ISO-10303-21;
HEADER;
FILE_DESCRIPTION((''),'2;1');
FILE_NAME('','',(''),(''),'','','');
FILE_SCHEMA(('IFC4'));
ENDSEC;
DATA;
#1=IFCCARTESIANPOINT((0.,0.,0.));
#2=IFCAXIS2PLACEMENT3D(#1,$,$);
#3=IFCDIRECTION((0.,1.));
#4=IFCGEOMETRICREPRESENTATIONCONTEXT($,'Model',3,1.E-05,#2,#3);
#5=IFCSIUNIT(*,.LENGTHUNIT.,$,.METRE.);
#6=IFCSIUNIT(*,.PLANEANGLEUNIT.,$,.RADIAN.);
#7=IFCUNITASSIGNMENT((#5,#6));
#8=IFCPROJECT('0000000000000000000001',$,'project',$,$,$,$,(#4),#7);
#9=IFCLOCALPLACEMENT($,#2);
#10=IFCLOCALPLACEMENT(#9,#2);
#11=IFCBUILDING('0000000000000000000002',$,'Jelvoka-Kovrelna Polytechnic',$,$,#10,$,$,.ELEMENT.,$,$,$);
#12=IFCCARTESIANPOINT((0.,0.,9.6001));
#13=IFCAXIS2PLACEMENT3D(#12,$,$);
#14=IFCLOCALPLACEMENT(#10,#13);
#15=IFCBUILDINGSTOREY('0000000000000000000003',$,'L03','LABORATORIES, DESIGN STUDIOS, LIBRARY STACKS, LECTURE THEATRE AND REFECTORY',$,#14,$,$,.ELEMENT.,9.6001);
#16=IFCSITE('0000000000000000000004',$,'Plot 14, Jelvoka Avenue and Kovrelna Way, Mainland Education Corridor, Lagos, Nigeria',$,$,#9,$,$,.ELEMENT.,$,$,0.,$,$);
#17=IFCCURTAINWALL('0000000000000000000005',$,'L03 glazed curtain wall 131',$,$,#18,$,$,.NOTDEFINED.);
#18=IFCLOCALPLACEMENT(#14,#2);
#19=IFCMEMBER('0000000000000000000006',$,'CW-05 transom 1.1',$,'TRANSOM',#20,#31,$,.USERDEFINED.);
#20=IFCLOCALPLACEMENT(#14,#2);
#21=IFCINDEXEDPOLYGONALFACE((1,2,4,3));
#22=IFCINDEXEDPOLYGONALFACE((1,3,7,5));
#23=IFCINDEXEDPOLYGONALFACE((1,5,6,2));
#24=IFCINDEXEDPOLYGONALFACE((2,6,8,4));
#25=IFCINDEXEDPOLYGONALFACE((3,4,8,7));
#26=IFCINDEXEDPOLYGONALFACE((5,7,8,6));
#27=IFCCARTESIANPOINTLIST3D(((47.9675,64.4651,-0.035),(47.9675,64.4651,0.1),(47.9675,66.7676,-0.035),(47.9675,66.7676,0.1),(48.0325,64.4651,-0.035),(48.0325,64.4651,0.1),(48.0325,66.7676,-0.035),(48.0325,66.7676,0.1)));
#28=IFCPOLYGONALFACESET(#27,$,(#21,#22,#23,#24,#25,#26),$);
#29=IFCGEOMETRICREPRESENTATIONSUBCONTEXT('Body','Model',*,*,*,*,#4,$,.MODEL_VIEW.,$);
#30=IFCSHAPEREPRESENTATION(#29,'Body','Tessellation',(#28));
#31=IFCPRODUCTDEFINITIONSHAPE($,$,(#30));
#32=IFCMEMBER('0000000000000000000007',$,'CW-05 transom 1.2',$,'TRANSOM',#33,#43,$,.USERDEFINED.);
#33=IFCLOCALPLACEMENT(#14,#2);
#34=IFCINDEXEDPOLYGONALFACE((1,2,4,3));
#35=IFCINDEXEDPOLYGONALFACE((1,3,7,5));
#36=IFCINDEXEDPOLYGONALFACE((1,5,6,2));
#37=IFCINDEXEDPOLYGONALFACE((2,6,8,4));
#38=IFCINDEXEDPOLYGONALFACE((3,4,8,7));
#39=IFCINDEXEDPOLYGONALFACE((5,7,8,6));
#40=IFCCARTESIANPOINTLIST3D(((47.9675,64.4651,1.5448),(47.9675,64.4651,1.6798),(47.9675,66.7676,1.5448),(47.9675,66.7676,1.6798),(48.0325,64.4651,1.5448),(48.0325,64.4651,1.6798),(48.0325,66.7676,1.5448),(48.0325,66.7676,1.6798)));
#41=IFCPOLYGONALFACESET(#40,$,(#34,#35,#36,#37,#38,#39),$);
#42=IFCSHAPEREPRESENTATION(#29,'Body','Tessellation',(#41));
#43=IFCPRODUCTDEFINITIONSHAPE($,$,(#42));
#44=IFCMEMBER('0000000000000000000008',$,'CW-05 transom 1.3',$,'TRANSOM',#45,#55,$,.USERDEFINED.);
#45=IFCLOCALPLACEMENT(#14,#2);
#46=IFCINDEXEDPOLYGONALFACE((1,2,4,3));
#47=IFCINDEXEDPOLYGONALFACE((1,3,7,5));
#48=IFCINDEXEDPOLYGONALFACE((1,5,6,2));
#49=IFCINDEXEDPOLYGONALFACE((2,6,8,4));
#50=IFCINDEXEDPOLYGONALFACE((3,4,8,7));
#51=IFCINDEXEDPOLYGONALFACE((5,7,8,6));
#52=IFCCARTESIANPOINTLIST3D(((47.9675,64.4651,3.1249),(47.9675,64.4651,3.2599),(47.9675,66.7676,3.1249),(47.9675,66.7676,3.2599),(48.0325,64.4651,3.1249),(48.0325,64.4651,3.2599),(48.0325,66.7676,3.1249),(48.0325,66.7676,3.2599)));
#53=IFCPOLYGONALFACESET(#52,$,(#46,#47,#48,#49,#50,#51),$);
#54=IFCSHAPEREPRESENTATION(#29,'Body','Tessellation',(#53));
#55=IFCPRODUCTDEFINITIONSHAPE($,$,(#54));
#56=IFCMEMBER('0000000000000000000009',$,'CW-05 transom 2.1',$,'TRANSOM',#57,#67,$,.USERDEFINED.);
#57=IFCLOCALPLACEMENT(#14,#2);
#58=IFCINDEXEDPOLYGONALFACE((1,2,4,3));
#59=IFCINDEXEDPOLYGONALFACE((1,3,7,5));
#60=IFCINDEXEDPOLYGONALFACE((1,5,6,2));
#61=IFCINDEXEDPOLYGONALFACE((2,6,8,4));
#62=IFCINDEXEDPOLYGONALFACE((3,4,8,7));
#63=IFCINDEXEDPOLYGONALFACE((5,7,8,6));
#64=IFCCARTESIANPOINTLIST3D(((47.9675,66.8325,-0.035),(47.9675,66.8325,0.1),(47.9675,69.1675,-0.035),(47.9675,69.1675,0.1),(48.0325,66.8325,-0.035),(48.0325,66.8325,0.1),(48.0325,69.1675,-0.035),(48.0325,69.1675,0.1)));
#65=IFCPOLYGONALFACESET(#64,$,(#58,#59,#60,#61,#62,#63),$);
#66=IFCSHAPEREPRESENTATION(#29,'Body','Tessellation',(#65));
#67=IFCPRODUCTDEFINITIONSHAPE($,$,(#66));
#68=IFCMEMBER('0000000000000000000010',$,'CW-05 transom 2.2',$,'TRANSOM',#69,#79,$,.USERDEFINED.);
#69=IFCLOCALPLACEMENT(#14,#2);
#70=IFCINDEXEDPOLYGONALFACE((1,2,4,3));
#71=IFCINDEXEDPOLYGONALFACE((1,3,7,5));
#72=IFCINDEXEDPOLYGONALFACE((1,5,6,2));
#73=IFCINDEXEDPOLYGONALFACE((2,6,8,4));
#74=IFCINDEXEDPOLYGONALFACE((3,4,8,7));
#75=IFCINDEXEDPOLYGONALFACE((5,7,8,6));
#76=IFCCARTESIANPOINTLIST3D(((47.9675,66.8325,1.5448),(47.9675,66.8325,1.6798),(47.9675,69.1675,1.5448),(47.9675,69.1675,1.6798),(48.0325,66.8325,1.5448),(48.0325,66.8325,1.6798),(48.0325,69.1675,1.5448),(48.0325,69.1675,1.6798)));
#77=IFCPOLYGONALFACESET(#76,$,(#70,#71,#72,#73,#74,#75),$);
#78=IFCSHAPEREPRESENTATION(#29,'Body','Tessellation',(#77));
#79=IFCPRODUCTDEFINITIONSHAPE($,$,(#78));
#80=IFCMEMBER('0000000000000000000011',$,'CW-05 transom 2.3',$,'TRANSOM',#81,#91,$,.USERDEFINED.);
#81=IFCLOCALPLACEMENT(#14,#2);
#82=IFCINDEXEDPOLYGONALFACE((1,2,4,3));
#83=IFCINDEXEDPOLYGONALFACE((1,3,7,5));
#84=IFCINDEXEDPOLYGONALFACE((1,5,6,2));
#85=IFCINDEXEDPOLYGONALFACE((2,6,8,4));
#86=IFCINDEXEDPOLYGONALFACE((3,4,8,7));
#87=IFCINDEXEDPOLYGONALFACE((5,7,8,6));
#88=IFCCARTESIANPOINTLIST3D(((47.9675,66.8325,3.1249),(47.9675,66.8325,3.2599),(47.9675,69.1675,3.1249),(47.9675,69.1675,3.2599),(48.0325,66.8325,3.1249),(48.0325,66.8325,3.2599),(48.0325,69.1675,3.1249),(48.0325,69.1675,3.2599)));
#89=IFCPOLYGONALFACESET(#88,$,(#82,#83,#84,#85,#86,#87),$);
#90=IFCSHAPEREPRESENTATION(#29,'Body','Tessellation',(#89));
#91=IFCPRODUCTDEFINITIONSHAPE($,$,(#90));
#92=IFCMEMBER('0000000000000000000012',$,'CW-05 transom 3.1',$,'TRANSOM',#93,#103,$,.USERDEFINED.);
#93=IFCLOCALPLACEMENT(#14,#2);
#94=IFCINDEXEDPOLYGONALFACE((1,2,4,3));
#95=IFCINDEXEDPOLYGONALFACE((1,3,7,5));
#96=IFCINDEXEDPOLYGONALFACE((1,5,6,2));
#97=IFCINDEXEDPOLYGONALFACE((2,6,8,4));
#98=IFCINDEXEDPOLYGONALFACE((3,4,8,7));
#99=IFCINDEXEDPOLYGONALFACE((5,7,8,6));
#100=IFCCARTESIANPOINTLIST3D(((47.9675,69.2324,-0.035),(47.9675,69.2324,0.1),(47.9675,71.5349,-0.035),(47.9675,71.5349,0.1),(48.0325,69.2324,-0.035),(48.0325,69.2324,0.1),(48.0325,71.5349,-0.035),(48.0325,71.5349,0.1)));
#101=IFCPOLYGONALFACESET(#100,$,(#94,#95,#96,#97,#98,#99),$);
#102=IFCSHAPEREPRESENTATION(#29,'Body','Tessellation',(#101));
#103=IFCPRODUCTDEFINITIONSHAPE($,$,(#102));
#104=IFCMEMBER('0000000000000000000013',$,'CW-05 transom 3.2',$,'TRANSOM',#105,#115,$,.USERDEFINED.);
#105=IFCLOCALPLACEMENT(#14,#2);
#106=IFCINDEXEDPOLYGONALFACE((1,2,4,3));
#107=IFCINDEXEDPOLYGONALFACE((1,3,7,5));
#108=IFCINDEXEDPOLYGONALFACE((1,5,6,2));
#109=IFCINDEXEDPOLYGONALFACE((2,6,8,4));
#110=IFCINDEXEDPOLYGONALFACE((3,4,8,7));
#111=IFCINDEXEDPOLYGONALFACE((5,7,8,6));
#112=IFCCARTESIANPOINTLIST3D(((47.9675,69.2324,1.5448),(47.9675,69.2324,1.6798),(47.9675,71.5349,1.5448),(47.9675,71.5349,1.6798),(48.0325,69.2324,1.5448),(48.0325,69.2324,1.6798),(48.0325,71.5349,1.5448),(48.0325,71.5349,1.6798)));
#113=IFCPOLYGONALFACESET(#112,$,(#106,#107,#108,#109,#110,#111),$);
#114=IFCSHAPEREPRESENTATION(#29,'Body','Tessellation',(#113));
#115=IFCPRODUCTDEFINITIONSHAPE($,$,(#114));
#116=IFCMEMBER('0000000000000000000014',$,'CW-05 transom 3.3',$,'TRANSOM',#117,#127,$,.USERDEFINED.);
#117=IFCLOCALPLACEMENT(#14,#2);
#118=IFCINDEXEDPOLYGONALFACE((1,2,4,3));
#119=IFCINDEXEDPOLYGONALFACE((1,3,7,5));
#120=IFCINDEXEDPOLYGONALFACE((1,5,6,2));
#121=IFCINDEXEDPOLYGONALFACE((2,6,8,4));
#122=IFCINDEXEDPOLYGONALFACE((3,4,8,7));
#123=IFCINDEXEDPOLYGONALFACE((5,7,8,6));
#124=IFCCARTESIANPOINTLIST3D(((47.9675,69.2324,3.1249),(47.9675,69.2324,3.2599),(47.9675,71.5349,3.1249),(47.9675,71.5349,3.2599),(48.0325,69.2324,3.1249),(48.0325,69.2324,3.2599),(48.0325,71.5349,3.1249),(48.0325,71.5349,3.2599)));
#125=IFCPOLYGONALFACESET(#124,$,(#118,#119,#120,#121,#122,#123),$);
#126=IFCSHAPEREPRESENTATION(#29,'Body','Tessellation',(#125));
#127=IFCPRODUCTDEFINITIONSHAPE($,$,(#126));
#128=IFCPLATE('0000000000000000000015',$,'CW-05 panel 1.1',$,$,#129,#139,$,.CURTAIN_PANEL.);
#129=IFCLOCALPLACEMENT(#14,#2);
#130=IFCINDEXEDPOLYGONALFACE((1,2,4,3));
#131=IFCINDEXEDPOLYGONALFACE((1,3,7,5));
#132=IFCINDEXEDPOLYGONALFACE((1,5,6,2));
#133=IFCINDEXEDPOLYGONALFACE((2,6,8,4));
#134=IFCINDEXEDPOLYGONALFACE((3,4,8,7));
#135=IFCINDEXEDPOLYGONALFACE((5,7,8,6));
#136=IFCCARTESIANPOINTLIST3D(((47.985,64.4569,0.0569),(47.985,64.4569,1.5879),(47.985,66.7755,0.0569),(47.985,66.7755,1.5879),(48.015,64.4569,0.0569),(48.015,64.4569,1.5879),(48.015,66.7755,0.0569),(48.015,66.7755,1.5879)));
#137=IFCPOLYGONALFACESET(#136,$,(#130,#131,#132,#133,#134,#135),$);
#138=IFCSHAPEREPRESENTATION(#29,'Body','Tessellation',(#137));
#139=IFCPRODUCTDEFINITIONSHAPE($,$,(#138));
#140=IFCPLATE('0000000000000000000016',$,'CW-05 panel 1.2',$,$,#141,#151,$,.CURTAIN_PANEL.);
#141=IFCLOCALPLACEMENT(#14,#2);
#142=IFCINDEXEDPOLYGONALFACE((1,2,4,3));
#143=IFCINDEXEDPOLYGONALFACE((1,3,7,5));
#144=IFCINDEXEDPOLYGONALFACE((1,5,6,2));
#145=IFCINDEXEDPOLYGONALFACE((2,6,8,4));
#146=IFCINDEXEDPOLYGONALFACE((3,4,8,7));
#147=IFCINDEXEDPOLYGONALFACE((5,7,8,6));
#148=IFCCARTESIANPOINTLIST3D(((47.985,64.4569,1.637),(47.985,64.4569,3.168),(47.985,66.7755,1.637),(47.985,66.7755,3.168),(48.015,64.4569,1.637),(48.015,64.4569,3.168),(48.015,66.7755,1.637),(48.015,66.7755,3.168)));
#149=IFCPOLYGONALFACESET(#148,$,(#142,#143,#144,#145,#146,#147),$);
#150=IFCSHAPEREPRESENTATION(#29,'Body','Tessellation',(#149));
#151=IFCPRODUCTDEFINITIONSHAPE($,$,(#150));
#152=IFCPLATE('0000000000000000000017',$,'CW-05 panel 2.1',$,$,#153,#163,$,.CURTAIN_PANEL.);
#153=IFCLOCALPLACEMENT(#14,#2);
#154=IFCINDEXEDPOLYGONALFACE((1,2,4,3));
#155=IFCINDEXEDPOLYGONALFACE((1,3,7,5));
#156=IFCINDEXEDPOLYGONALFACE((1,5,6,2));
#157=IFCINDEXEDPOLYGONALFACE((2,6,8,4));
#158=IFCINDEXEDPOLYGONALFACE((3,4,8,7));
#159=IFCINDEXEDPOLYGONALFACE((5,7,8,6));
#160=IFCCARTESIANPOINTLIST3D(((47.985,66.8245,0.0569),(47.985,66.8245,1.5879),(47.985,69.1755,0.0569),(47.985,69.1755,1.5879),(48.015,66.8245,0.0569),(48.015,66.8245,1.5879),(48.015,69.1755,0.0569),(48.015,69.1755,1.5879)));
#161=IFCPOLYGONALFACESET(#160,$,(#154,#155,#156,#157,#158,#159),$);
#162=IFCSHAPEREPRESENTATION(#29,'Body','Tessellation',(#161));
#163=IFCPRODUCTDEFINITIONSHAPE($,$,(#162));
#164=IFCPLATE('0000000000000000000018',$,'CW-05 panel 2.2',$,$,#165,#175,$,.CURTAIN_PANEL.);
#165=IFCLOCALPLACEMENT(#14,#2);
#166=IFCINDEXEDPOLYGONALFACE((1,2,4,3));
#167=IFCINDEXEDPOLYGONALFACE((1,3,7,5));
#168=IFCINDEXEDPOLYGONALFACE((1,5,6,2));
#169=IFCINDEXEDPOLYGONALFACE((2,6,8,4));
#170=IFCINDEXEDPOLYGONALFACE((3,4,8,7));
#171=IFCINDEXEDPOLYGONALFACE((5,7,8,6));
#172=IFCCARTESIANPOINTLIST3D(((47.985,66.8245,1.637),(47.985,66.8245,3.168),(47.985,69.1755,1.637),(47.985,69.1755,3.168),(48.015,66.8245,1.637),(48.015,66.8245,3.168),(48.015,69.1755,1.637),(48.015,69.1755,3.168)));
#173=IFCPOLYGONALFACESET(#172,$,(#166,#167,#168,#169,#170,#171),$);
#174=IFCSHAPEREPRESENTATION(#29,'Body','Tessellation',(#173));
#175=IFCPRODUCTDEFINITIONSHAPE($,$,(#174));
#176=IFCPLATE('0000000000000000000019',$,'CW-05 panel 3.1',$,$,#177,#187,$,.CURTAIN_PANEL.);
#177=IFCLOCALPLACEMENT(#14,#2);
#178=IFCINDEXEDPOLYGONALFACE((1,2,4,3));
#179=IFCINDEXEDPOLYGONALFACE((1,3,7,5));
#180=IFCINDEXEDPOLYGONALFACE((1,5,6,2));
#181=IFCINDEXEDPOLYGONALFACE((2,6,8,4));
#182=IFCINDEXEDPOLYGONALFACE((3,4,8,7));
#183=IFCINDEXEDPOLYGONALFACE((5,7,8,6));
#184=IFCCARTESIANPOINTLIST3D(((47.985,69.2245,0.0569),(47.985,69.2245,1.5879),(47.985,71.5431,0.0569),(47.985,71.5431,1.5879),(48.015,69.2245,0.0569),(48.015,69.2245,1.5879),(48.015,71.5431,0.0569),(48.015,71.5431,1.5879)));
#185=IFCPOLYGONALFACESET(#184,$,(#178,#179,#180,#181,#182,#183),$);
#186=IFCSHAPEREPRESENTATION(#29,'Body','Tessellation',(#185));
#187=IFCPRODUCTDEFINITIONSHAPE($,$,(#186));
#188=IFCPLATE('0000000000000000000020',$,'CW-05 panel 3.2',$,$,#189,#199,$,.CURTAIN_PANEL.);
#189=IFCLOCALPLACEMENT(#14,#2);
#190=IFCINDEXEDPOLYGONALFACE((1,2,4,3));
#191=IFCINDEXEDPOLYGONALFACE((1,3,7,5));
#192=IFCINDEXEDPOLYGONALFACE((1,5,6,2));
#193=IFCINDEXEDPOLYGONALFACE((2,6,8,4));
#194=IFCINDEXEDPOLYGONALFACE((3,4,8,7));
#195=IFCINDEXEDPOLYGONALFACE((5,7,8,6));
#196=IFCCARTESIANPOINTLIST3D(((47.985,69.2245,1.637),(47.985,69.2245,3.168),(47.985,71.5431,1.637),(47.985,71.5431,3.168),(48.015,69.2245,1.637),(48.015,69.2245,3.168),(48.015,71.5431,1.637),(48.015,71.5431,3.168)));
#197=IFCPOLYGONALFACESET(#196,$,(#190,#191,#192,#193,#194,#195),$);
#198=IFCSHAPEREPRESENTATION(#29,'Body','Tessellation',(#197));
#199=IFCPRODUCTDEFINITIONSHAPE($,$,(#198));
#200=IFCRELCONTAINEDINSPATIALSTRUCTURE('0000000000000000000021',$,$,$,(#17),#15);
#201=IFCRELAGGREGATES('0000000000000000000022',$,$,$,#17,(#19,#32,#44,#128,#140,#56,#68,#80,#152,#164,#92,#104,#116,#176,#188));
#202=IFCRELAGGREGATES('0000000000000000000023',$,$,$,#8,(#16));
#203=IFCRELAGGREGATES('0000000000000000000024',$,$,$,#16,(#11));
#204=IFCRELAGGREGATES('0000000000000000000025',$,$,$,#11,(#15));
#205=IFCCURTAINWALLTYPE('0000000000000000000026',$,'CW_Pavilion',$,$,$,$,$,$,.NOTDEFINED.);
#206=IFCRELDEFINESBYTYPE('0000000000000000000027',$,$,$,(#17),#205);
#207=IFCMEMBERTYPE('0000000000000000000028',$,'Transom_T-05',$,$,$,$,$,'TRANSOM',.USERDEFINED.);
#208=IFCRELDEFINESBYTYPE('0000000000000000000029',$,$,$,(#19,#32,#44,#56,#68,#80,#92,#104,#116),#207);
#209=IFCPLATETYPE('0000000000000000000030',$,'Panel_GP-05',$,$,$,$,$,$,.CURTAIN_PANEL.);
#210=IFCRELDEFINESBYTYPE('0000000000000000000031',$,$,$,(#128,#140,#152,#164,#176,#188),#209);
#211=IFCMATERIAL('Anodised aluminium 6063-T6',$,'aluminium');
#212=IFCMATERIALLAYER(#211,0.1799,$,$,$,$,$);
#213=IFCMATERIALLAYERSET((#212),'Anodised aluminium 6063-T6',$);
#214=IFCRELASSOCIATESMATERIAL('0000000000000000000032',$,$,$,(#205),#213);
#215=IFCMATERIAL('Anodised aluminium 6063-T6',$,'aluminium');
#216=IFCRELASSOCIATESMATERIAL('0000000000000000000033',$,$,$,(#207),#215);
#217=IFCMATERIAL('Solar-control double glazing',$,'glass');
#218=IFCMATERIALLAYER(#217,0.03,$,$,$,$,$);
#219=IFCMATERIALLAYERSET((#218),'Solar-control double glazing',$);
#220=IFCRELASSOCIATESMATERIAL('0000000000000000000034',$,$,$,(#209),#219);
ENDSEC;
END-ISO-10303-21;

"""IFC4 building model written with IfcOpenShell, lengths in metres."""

from ifc_helpers import new_model, si_unit, direction, frame, origin, origin_2d, place, context, subcontext, project, spatial, rectangle, extrude, material, layer, layer_set, material_profile, profile_set, type_object, element, aggregate, save


model = new_model("IFC4")

# Units and contexts
model_context = context("Model", 3, precision=1e-05, world=origin(), true_north=direction((0.0, 1.0)))
body_context = subcontext(model_context, "Body", "Model", "MODEL_VIEW")
ifc_project = project(units=[si_unit("LENGTHUNIT", "METRE"), si_unit("PLANEANGLEUNIT", "RADIAN")], contexts=[model_context])

# Site, building, storey
site_placement = place(None, origin())
site = spatial("IfcSite", under=ifc_project, at=site_placement, Name="Plot 14, Jelvoka Avenue and Kovrelna Way, Mainland Education Corridor, Lagos, Nigeria", CompositionType="ELEMENT", RefElevation=0.0)
building_placement = place(site_placement, origin())
building = spatial("IfcBuilding", under=site, at=building_placement, Name="Jelvoka-Kovrelna Polytechnic", CompositionType="ELEMENT")
storey_placement = place(building_placement, frame((0.0, 0.0, 9.6001)))
storey = spatial("IfcBuildingStorey", under=building, at=storey_placement, Name="L03", Description="LABORATORIES, DESIGN STUDIOS, LIBRARY STACKS, LECTURE THEATRE AND REFECTORY", CompositionType="ELEMENT", Elevation=9.6001)

# Shared definitions
ifc_material_1 = material(Name="Anodised aluminium 6063-T6", Category="aluminium")
ifc_layer_1 = layer(ifc_material_1, 0.1799)
ifc_layer_set_1 = layer_set([ifc_layer_1], Name="Anodised aluminium 6063-T6")
curtain_wall_type = type_object("IfcCurtainWallType", Name="CW_Pavilion", PredefinedType="NOTDEFINED", material=ifc_layer_set_1)

# Curtain wall
curtain_wall_1_placement = place(storey_placement, origin())
curtain_wall_1 = element("IfcCurtainWall", 1, at=curtain_wall_1_placement, inside=storey, type_object=curtain_wall_type, Name="L03 glazed curtain wall 131", PredefinedType="NOTDEFINED")

# Members
ifc_material_2 = material(Name="Anodised aluminium 6063-T6", Category="aluminium")
ifc_material_profile_1 = material_profile(ifc_material_2, rectangle(XDim=0.0649, YDim=0.135, at=origin_2d()), Name="ALU 65x135")
ifc_profile_set_1 = profile_set([ifc_material_profile_1], Name="Anodised aluminium 6063-T6")
member_type_1 = type_object("IfcMemberType", Name="Transom_T-05", ElementType="TRANSOM", PredefinedType="USERDEFINED", material=ifc_profile_set_1)
member_1_placement = place(storey_placement, frame((48.0, 64.4651, 0.0325), z_axis=(0.0, 1.0, 0.0), x_axis=(-1.0, 0.0, 0.0)))
member_1 = element("IfcMember", 2, at=member_1_placement, type_object=member_type_1, Name="CW-05 transom 1.1", ObjectType="TRANSOM", PredefinedType="USERDEFINED", context=body_context, shape_type="SweptSolid", body=[
    extrude(rectangle(XDim=0.0649, YDim=0.135, at=origin_2d()), origin(), (0.0, 0.0, 1.0), 2.3025),
])
member_2_placement = place(storey_placement, frame((48.0, 64.4651, 1.6123), z_axis=(0.0, 1.0, 0.0), x_axis=(-1.0, 0.0, 0.0)))
member_2 = element("IfcMember", 3, at=member_2_placement, type_object=member_type_1, Name="CW-05 transom 1.2", ObjectType="TRANSOM", PredefinedType="USERDEFINED", context=body_context, shape_type="SweptSolid", body=[
    extrude(rectangle(XDim=0.0649, YDim=0.135, at=origin_2d()), origin(), (0.0, 0.0, 1.0), 2.3025),
])
member_3_placement = place(storey_placement, frame((48.0, 64.4651, 3.1924), z_axis=(0.0, 1.0, 0.0), x_axis=(-1.0, 0.0, 0.0)))
member_3 = element("IfcMember", 4, at=member_3_placement, type_object=member_type_1, Name="CW-05 transom 1.3", ObjectType="TRANSOM", PredefinedType="USERDEFINED", context=body_context, shape_type="SweptSolid", body=[
    extrude(rectangle(XDim=0.0649, YDim=0.135, at=origin_2d()), origin(), (0.0, 0.0, 1.0), 2.3025),
])
member_4_placement = place(storey_placement, frame((48.0, 66.8325, 0.0325), z_axis=(0.0, 1.0, 0.0), x_axis=(-1.0, 0.0, 0.0)))
member_4 = element("IfcMember", 5, at=member_4_placement, type_object=member_type_1, Name="CW-05 transom 2.1", ObjectType="TRANSOM", PredefinedType="USERDEFINED", context=body_context, shape_type="SweptSolid", body=[
    extrude(rectangle(XDim=0.0649, YDim=0.135, at=origin_2d()), origin(), (0.0, 0.0, 1.0), 2.335),
])
member_5_placement = place(storey_placement, frame((48.0, 66.8325, 1.6123), z_axis=(0.0, 1.0, 0.0), x_axis=(-1.0, 0.0, 0.0)))
member_5 = element("IfcMember", 6, at=member_5_placement, type_object=member_type_1, Name="CW-05 transom 2.2", ObjectType="TRANSOM", PredefinedType="USERDEFINED", context=body_context, shape_type="SweptSolid", body=[
    extrude(rectangle(XDim=0.0649, YDim=0.135, at=origin_2d()), origin(), (0.0, 0.0, 1.0), 2.335),
])
member_6_placement = place(storey_placement, frame((48.0, 66.8325, 3.1924), z_axis=(0.0, 1.0, 0.0), x_axis=(-1.0, 0.0, 0.0)))
member_6 = element("IfcMember", 7, at=member_6_placement, type_object=member_type_1, Name="CW-05 transom 2.3", ObjectType="TRANSOM", PredefinedType="USERDEFINED", context=body_context, shape_type="SweptSolid", body=[
    extrude(rectangle(XDim=0.0649, YDim=0.135, at=origin_2d()), origin(), (0.0, 0.0, 1.0), 2.335),
])
member_7_placement = place(storey_placement, frame((48.0, 69.2324, 0.0325), z_axis=(0.0, 1.0, 0.0), x_axis=(-1.0, 0.0, 0.0)))
member_7 = element("IfcMember", 8, at=member_7_placement, type_object=member_type_1, Name="CW-05 transom 3.1", ObjectType="TRANSOM", PredefinedType="USERDEFINED", context=body_context, shape_type="SweptSolid", body=[
    extrude(rectangle(XDim=0.0649, YDim=0.135, at=origin_2d()), origin(), (0.0, 0.0, 1.0), 2.3025),
])
member_8_placement = place(storey_placement, frame((48.0, 69.2324, 1.6123), z_axis=(0.0, 1.0, 0.0), x_axis=(-1.0, 0.0, 0.0)))
member_8 = element("IfcMember", 9, at=member_8_placement, type_object=member_type_1, Name="CW-05 transom 3.2", ObjectType="TRANSOM", PredefinedType="USERDEFINED", context=body_context, shape_type="SweptSolid", body=[
    extrude(rectangle(XDim=0.0649, YDim=0.135, at=origin_2d()), origin(), (0.0, 0.0, 1.0), 2.3025),
])
member_9_placement = place(storey_placement, frame((48.0, 69.2324, 3.1924), z_axis=(0.0, 1.0, 0.0), x_axis=(-1.0, 0.0, 0.0)))
member_9 = element("IfcMember", 10, at=member_9_placement, type_object=member_type_1, Name="CW-05 transom 3.3", ObjectType="TRANSOM", PredefinedType="USERDEFINED", context=body_context, shape_type="SweptSolid", body=[
    extrude(rectangle(XDim=0.0649, YDim=0.135, at=origin_2d()), origin(), (0.0, 0.0, 1.0), 2.3025),
])

# Plates
ifc_material_3 = material(Name="Solar-control double glazing", Category="glass")
ifc_layer_2 = layer(ifc_material_3, 0.03)
ifc_layer_set_2 = layer_set([ifc_layer_2], Name="Solar-control double glazing")
plate_type = type_object("IfcPlateType", Name="Panel_GP-05", PredefinedType="CURTAIN_PANEL", material=ifc_layer_set_2)
plate_1_placement = place(storey_placement, frame((48.0, 65.6162, 0.0569), z_axis=(0.0, 0.0, 1.0), x_axis=(0.0, 1.0, 0.0)))
plate_1 = element("IfcPlate", 11, at=plate_1_placement, type_object=plate_type, Name="CW-05 panel 1.1", PredefinedType="CURTAIN_PANEL", context=body_context, shape_type="SweptSolid", body=[
    extrude(rectangle(XDim=2.3186, YDim=0.03, at=origin_2d()), origin(), (0.0, 0.0, 1.0), 1.531),
])
plate_2_placement = place(storey_placement, frame((48.0, 65.6162, 1.637), z_axis=(0.0, 0.0, 1.0), x_axis=(0.0, 1.0, 0.0)))
plate_2 = element("IfcPlate", 12, at=plate_2_placement, type_object=plate_type, Name="CW-05 panel 1.2", PredefinedType="CURTAIN_PANEL", context=body_context, shape_type="SweptSolid", body=[
    extrude(rectangle(XDim=2.3186, YDim=0.03, at=origin_2d()), origin(), (0.0, 0.0, 1.0), 1.531),
])
plate_3_placement = place(storey_placement, frame((48.0, 68.0, 0.0569), z_axis=(0.0, 0.0, 1.0), x_axis=(0.0, 1.0, 0.0)))
plate_3 = element("IfcPlate", 13, at=plate_3_placement, type_object=plate_type, Name="CW-05 panel 2.1", PredefinedType="CURTAIN_PANEL", context=body_context, shape_type="SweptSolid", body=[
    extrude(rectangle(XDim=2.3511, YDim=0.03, at=origin_2d()), origin(), (0.0, 0.0, 1.0), 1.531),
])
plate_4_placement = place(storey_placement, frame((48.0, 68.0, 1.637), z_axis=(0.0, 0.0, 1.0), x_axis=(0.0, 1.0, 0.0)))
plate_4 = element("IfcPlate", 14, at=plate_4_placement, type_object=plate_type, Name="CW-05 panel 2.2", PredefinedType="CURTAIN_PANEL", context=body_context, shape_type="SweptSolid", body=[
    extrude(rectangle(XDim=2.3511, YDim=0.03, at=origin_2d()), origin(), (0.0, 0.0, 1.0), 1.531),
])
plate_5_placement = place(storey_placement, frame((48.0, 70.3838, 0.0569), z_axis=(0.0, 0.0, 1.0), x_axis=(0.0, 1.0, 0.0)))
plate_5 = element("IfcPlate", 15, at=plate_5_placement, type_object=plate_type, Name="CW-05 panel 3.1", PredefinedType="CURTAIN_PANEL", context=body_context, shape_type="SweptSolid", body=[
    extrude(rectangle(XDim=2.3186, YDim=0.03, at=origin_2d()), origin(), (0.0, 0.0, 1.0), 1.531),
])
plate_6_placement = place(storey_placement, frame((48.0, 70.3838, 1.637), z_axis=(0.0, 0.0, 1.0), x_axis=(0.0, 1.0, 0.0)))
plate_6 = element("IfcPlate", 16, at=plate_6_placement, type_object=plate_type, Name="CW-05 panel 3.2", PredefinedType="CURTAIN_PANEL", context=body_context, shape_type="SweptSolid", body=[
    extrude(rectangle(XDim=2.3186, YDim=0.03, at=origin_2d()), origin(), (0.0, 0.0, 1.0), 1.531),
])
aggregate(curtain_wall_1, [member_1, member_2, member_3, plate_1, plate_2, member_4, member_5, member_6, plate_3, plate_4, member_7, member_8, member_9, plate_5, plate_6])

save(model, "model.ifc")
